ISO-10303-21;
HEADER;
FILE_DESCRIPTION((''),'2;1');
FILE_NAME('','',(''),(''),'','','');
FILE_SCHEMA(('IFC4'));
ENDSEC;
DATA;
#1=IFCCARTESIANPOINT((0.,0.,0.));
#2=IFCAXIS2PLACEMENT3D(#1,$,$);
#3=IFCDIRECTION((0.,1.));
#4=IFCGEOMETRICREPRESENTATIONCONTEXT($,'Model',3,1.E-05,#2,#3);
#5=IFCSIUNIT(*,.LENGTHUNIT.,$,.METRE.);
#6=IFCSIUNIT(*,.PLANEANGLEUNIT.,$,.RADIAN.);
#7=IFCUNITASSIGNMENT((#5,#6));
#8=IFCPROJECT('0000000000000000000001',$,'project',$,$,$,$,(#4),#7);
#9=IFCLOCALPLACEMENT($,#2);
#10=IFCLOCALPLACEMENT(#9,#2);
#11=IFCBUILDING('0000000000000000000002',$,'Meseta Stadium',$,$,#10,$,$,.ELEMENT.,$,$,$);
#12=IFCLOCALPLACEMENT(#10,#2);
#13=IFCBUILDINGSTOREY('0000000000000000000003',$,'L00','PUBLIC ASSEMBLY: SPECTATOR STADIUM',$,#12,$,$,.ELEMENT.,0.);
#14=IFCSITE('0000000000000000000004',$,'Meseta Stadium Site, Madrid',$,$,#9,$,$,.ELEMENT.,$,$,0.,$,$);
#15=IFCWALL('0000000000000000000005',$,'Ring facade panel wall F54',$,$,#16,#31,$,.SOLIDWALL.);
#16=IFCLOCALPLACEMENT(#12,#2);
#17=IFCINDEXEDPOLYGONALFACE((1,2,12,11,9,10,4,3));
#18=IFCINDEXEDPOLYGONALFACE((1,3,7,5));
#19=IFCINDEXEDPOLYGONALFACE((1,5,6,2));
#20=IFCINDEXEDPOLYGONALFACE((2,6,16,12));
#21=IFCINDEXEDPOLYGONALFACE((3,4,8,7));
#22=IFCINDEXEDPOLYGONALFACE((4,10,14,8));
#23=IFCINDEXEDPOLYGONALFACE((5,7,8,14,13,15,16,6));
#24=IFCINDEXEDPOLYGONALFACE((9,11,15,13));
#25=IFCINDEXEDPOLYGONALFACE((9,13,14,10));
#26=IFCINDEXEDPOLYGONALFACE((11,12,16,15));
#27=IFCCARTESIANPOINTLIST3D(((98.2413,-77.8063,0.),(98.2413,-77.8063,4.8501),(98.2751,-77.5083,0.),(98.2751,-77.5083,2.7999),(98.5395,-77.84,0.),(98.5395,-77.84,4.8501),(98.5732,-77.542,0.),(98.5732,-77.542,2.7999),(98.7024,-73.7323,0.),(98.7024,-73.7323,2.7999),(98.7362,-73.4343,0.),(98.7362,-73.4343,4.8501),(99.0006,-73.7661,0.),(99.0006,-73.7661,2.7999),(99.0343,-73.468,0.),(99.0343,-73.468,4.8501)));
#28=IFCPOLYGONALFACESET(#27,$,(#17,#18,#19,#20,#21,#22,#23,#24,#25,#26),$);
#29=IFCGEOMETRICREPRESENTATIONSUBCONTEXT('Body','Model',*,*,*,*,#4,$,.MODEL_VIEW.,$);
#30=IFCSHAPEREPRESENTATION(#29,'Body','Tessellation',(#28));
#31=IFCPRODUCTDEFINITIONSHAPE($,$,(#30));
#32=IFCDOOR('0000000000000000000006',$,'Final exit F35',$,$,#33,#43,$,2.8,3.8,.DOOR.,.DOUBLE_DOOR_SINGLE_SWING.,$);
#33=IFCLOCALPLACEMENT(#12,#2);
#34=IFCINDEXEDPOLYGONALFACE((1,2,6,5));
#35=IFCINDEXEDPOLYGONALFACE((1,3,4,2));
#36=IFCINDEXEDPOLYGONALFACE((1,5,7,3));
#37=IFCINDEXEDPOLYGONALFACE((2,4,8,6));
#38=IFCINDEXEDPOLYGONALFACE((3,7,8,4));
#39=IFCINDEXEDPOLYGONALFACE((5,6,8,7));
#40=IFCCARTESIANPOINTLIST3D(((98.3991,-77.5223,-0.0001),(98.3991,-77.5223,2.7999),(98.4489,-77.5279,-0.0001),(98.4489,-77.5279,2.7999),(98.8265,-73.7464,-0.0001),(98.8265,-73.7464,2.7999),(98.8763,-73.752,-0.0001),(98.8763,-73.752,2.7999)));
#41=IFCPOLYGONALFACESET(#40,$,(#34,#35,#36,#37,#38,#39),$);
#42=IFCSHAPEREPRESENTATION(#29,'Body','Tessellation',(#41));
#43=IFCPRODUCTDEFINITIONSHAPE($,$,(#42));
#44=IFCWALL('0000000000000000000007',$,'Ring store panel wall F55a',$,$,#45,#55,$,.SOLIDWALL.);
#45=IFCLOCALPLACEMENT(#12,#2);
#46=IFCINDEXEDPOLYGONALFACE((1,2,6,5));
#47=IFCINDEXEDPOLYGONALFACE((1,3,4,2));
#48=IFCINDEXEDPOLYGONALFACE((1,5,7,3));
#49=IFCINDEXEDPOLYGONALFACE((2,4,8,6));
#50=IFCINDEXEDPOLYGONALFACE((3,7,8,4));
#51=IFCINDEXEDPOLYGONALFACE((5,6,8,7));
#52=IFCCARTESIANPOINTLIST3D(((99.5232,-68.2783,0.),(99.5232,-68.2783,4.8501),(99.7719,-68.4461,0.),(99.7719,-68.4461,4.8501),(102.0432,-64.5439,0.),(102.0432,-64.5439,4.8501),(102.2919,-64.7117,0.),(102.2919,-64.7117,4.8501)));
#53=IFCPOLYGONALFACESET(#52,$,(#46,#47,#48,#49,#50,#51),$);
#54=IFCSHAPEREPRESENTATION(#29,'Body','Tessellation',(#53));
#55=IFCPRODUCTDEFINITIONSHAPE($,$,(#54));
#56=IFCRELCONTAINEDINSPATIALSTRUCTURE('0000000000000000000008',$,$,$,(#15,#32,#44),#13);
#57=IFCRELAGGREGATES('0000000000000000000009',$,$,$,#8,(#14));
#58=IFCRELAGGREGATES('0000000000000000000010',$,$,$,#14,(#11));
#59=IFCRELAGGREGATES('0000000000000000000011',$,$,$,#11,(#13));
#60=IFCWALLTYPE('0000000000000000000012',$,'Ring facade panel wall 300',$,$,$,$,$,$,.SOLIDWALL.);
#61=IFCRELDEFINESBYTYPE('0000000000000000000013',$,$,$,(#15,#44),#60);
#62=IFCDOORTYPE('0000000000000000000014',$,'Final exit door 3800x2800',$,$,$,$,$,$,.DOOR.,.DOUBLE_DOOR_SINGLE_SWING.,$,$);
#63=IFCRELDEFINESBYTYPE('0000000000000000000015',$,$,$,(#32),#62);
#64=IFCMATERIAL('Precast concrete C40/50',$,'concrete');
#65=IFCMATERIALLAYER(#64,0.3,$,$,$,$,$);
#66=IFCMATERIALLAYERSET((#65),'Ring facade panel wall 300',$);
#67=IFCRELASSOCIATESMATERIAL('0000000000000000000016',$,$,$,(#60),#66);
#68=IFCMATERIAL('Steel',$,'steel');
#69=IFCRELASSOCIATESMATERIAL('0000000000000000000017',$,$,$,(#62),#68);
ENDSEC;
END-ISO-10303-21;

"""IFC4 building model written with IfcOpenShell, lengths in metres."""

from ifc_helpers import new_model, si_unit, direction, frame, frame_2d, origin, place, context, subcontext, project, spatial, rectangle, extrude, material, layer, layer_set, type_object, element, fill, save


model = new_model("IFC4")

# Units and contexts
model_context = context("Model", 3, precision=1e-05, world=origin(), true_north=direction((0.0, 1.0)))
body_context = subcontext(model_context, "Body", "Model", "MODEL_VIEW")
ifc_project = project(units=[si_unit("LENGTHUNIT", "METRE"), si_unit("PLANEANGLEUNIT", "RADIAN")], contexts=[model_context])

# Site, building, storey
site_placement = place(None, origin())
site = spatial("IfcSite", under=ifc_project, at=site_placement, Name="Meseta Stadium Site, Madrid", CompositionType="ELEMENT", RefElevation=0.0)
building_placement = place(site_placement, origin())
building = spatial("IfcBuilding", under=site, at=building_placement, Name="Meseta Stadium", CompositionType="ELEMENT")
storey_placement = place(building_placement, origin())
storey = spatial("IfcBuildingStorey", under=building, at=storey_placement, Name="L00", Description="PUBLIC ASSEMBLY: SPECTATOR STADIUM", CompositionType="ELEMENT", Elevation=0.0)

# Wall, opening, door
ifc_material_1 = material(Name="Precast concrete C40/50", Category="concrete")
ifc_layer_1 = layer(ifc_material_1, 0.3)
ifc_layer_set_1 = layer_set([ifc_layer_1], Name="Ring facade panel wall 300")
wall_type_1 = type_object("IfcWallType", Name="Ring facade panel wall 300", PredefinedType="SOLIDWALL", material=ifc_layer_set_1)
wall_1_placement = place(storey_placement, frame((98.8853, -73.4512, 0.0), z_axis=(0.0, 0.0, 1.0), x_axis=(-0.112471, -0.993655, 0.0)))
wall_1 = element("IfcWall", 1, at=wall_1_placement, inside=storey, type_object=wall_type_1, Name="Ring facade panel wall F54", PredefinedType="SOLIDWALL", context=body_context, shape_type="SweptSolid", body=[
    extrude(rectangle(XDim=4.3999, YDim=0.3, at=frame_2d((2.2, 0.0))), origin(), (0.0, 0.0, 1.0), 4.8501),
])
opening_1_placement = place(wall_1_placement, frame((0.3, 0.0, 0.0)))
opening_1 = element("IfcOpeningElement", 2, at=opening_1_placement, cuts=wall_1, PredefinedType="OPENING", context=body_context, shape_type="SweptSolid", body=[
    extrude(rectangle(XDim=3.8, YDim=2.8, at=frame_2d((1.8999, 1.3999))), frame((0.0, 0.1599, 0.0), z_axis=(0.0, -1.0, 0.0), x_axis=(1.0, 0.0, 0.0)), (0.0, 0.0, 1.0), 0.3201),
])
ifc_material_2 = material(Name="Steel", Category="steel")
door_type_1 = type_object("IfcDoorType", Name="Final exit door 3800x2800", OperationType="DOUBLE_DOOR_SINGLE_SWING", PredefinedType="DOOR", material=ifc_material_2)
door_1_placement = place(opening_1_placement, origin())
door_1 = element("IfcDoor", 3, at=door_1_placement, inside=storey, type_object=door_type_1, Name="Final exit F35", OperationType="DOUBLE_DOOR_SINGLE_SWING", OverallHeight=2.8, OverallWidth=3.8, PredefinedType="DOOR", context=body_context, shape_type="SweptSolid", body=[
    extrude(rectangle(XDim=3.8, YDim=2.8, at=frame_2d((1.8999, 1.3999))), frame((0.0, 0.0249, 0.0), z_axis=(0.0, -1.0, 0.0), x_axis=(1.0, 0.0, 0.0)), (0.0, 0.0, 1.0), 0.05),
])
fill(opening_1, door_1)

# Wall
wall_2_placement = place(storey_placement, frame((102.1675, -64.6279, 0.0), z_axis=(0.0, 0.0, 1.0), x_axis=(-0.559369, -0.828919, 0.0)))
element("IfcWall", 4, at=wall_2_placement, inside=storey, type_object=wall_type_1, Name="Ring store panel wall F55a", PredefinedType="SOLIDWALL", context=body_context, shape_type="SweptSolid", body=[
    extrude(rectangle(XDim=4.5051, YDim=0.3, at=frame_2d((2.2524, 0.0))), origin(), (0.0, 0.0, 1.0), 4.8501),
])

save(model, "model.ifc")
